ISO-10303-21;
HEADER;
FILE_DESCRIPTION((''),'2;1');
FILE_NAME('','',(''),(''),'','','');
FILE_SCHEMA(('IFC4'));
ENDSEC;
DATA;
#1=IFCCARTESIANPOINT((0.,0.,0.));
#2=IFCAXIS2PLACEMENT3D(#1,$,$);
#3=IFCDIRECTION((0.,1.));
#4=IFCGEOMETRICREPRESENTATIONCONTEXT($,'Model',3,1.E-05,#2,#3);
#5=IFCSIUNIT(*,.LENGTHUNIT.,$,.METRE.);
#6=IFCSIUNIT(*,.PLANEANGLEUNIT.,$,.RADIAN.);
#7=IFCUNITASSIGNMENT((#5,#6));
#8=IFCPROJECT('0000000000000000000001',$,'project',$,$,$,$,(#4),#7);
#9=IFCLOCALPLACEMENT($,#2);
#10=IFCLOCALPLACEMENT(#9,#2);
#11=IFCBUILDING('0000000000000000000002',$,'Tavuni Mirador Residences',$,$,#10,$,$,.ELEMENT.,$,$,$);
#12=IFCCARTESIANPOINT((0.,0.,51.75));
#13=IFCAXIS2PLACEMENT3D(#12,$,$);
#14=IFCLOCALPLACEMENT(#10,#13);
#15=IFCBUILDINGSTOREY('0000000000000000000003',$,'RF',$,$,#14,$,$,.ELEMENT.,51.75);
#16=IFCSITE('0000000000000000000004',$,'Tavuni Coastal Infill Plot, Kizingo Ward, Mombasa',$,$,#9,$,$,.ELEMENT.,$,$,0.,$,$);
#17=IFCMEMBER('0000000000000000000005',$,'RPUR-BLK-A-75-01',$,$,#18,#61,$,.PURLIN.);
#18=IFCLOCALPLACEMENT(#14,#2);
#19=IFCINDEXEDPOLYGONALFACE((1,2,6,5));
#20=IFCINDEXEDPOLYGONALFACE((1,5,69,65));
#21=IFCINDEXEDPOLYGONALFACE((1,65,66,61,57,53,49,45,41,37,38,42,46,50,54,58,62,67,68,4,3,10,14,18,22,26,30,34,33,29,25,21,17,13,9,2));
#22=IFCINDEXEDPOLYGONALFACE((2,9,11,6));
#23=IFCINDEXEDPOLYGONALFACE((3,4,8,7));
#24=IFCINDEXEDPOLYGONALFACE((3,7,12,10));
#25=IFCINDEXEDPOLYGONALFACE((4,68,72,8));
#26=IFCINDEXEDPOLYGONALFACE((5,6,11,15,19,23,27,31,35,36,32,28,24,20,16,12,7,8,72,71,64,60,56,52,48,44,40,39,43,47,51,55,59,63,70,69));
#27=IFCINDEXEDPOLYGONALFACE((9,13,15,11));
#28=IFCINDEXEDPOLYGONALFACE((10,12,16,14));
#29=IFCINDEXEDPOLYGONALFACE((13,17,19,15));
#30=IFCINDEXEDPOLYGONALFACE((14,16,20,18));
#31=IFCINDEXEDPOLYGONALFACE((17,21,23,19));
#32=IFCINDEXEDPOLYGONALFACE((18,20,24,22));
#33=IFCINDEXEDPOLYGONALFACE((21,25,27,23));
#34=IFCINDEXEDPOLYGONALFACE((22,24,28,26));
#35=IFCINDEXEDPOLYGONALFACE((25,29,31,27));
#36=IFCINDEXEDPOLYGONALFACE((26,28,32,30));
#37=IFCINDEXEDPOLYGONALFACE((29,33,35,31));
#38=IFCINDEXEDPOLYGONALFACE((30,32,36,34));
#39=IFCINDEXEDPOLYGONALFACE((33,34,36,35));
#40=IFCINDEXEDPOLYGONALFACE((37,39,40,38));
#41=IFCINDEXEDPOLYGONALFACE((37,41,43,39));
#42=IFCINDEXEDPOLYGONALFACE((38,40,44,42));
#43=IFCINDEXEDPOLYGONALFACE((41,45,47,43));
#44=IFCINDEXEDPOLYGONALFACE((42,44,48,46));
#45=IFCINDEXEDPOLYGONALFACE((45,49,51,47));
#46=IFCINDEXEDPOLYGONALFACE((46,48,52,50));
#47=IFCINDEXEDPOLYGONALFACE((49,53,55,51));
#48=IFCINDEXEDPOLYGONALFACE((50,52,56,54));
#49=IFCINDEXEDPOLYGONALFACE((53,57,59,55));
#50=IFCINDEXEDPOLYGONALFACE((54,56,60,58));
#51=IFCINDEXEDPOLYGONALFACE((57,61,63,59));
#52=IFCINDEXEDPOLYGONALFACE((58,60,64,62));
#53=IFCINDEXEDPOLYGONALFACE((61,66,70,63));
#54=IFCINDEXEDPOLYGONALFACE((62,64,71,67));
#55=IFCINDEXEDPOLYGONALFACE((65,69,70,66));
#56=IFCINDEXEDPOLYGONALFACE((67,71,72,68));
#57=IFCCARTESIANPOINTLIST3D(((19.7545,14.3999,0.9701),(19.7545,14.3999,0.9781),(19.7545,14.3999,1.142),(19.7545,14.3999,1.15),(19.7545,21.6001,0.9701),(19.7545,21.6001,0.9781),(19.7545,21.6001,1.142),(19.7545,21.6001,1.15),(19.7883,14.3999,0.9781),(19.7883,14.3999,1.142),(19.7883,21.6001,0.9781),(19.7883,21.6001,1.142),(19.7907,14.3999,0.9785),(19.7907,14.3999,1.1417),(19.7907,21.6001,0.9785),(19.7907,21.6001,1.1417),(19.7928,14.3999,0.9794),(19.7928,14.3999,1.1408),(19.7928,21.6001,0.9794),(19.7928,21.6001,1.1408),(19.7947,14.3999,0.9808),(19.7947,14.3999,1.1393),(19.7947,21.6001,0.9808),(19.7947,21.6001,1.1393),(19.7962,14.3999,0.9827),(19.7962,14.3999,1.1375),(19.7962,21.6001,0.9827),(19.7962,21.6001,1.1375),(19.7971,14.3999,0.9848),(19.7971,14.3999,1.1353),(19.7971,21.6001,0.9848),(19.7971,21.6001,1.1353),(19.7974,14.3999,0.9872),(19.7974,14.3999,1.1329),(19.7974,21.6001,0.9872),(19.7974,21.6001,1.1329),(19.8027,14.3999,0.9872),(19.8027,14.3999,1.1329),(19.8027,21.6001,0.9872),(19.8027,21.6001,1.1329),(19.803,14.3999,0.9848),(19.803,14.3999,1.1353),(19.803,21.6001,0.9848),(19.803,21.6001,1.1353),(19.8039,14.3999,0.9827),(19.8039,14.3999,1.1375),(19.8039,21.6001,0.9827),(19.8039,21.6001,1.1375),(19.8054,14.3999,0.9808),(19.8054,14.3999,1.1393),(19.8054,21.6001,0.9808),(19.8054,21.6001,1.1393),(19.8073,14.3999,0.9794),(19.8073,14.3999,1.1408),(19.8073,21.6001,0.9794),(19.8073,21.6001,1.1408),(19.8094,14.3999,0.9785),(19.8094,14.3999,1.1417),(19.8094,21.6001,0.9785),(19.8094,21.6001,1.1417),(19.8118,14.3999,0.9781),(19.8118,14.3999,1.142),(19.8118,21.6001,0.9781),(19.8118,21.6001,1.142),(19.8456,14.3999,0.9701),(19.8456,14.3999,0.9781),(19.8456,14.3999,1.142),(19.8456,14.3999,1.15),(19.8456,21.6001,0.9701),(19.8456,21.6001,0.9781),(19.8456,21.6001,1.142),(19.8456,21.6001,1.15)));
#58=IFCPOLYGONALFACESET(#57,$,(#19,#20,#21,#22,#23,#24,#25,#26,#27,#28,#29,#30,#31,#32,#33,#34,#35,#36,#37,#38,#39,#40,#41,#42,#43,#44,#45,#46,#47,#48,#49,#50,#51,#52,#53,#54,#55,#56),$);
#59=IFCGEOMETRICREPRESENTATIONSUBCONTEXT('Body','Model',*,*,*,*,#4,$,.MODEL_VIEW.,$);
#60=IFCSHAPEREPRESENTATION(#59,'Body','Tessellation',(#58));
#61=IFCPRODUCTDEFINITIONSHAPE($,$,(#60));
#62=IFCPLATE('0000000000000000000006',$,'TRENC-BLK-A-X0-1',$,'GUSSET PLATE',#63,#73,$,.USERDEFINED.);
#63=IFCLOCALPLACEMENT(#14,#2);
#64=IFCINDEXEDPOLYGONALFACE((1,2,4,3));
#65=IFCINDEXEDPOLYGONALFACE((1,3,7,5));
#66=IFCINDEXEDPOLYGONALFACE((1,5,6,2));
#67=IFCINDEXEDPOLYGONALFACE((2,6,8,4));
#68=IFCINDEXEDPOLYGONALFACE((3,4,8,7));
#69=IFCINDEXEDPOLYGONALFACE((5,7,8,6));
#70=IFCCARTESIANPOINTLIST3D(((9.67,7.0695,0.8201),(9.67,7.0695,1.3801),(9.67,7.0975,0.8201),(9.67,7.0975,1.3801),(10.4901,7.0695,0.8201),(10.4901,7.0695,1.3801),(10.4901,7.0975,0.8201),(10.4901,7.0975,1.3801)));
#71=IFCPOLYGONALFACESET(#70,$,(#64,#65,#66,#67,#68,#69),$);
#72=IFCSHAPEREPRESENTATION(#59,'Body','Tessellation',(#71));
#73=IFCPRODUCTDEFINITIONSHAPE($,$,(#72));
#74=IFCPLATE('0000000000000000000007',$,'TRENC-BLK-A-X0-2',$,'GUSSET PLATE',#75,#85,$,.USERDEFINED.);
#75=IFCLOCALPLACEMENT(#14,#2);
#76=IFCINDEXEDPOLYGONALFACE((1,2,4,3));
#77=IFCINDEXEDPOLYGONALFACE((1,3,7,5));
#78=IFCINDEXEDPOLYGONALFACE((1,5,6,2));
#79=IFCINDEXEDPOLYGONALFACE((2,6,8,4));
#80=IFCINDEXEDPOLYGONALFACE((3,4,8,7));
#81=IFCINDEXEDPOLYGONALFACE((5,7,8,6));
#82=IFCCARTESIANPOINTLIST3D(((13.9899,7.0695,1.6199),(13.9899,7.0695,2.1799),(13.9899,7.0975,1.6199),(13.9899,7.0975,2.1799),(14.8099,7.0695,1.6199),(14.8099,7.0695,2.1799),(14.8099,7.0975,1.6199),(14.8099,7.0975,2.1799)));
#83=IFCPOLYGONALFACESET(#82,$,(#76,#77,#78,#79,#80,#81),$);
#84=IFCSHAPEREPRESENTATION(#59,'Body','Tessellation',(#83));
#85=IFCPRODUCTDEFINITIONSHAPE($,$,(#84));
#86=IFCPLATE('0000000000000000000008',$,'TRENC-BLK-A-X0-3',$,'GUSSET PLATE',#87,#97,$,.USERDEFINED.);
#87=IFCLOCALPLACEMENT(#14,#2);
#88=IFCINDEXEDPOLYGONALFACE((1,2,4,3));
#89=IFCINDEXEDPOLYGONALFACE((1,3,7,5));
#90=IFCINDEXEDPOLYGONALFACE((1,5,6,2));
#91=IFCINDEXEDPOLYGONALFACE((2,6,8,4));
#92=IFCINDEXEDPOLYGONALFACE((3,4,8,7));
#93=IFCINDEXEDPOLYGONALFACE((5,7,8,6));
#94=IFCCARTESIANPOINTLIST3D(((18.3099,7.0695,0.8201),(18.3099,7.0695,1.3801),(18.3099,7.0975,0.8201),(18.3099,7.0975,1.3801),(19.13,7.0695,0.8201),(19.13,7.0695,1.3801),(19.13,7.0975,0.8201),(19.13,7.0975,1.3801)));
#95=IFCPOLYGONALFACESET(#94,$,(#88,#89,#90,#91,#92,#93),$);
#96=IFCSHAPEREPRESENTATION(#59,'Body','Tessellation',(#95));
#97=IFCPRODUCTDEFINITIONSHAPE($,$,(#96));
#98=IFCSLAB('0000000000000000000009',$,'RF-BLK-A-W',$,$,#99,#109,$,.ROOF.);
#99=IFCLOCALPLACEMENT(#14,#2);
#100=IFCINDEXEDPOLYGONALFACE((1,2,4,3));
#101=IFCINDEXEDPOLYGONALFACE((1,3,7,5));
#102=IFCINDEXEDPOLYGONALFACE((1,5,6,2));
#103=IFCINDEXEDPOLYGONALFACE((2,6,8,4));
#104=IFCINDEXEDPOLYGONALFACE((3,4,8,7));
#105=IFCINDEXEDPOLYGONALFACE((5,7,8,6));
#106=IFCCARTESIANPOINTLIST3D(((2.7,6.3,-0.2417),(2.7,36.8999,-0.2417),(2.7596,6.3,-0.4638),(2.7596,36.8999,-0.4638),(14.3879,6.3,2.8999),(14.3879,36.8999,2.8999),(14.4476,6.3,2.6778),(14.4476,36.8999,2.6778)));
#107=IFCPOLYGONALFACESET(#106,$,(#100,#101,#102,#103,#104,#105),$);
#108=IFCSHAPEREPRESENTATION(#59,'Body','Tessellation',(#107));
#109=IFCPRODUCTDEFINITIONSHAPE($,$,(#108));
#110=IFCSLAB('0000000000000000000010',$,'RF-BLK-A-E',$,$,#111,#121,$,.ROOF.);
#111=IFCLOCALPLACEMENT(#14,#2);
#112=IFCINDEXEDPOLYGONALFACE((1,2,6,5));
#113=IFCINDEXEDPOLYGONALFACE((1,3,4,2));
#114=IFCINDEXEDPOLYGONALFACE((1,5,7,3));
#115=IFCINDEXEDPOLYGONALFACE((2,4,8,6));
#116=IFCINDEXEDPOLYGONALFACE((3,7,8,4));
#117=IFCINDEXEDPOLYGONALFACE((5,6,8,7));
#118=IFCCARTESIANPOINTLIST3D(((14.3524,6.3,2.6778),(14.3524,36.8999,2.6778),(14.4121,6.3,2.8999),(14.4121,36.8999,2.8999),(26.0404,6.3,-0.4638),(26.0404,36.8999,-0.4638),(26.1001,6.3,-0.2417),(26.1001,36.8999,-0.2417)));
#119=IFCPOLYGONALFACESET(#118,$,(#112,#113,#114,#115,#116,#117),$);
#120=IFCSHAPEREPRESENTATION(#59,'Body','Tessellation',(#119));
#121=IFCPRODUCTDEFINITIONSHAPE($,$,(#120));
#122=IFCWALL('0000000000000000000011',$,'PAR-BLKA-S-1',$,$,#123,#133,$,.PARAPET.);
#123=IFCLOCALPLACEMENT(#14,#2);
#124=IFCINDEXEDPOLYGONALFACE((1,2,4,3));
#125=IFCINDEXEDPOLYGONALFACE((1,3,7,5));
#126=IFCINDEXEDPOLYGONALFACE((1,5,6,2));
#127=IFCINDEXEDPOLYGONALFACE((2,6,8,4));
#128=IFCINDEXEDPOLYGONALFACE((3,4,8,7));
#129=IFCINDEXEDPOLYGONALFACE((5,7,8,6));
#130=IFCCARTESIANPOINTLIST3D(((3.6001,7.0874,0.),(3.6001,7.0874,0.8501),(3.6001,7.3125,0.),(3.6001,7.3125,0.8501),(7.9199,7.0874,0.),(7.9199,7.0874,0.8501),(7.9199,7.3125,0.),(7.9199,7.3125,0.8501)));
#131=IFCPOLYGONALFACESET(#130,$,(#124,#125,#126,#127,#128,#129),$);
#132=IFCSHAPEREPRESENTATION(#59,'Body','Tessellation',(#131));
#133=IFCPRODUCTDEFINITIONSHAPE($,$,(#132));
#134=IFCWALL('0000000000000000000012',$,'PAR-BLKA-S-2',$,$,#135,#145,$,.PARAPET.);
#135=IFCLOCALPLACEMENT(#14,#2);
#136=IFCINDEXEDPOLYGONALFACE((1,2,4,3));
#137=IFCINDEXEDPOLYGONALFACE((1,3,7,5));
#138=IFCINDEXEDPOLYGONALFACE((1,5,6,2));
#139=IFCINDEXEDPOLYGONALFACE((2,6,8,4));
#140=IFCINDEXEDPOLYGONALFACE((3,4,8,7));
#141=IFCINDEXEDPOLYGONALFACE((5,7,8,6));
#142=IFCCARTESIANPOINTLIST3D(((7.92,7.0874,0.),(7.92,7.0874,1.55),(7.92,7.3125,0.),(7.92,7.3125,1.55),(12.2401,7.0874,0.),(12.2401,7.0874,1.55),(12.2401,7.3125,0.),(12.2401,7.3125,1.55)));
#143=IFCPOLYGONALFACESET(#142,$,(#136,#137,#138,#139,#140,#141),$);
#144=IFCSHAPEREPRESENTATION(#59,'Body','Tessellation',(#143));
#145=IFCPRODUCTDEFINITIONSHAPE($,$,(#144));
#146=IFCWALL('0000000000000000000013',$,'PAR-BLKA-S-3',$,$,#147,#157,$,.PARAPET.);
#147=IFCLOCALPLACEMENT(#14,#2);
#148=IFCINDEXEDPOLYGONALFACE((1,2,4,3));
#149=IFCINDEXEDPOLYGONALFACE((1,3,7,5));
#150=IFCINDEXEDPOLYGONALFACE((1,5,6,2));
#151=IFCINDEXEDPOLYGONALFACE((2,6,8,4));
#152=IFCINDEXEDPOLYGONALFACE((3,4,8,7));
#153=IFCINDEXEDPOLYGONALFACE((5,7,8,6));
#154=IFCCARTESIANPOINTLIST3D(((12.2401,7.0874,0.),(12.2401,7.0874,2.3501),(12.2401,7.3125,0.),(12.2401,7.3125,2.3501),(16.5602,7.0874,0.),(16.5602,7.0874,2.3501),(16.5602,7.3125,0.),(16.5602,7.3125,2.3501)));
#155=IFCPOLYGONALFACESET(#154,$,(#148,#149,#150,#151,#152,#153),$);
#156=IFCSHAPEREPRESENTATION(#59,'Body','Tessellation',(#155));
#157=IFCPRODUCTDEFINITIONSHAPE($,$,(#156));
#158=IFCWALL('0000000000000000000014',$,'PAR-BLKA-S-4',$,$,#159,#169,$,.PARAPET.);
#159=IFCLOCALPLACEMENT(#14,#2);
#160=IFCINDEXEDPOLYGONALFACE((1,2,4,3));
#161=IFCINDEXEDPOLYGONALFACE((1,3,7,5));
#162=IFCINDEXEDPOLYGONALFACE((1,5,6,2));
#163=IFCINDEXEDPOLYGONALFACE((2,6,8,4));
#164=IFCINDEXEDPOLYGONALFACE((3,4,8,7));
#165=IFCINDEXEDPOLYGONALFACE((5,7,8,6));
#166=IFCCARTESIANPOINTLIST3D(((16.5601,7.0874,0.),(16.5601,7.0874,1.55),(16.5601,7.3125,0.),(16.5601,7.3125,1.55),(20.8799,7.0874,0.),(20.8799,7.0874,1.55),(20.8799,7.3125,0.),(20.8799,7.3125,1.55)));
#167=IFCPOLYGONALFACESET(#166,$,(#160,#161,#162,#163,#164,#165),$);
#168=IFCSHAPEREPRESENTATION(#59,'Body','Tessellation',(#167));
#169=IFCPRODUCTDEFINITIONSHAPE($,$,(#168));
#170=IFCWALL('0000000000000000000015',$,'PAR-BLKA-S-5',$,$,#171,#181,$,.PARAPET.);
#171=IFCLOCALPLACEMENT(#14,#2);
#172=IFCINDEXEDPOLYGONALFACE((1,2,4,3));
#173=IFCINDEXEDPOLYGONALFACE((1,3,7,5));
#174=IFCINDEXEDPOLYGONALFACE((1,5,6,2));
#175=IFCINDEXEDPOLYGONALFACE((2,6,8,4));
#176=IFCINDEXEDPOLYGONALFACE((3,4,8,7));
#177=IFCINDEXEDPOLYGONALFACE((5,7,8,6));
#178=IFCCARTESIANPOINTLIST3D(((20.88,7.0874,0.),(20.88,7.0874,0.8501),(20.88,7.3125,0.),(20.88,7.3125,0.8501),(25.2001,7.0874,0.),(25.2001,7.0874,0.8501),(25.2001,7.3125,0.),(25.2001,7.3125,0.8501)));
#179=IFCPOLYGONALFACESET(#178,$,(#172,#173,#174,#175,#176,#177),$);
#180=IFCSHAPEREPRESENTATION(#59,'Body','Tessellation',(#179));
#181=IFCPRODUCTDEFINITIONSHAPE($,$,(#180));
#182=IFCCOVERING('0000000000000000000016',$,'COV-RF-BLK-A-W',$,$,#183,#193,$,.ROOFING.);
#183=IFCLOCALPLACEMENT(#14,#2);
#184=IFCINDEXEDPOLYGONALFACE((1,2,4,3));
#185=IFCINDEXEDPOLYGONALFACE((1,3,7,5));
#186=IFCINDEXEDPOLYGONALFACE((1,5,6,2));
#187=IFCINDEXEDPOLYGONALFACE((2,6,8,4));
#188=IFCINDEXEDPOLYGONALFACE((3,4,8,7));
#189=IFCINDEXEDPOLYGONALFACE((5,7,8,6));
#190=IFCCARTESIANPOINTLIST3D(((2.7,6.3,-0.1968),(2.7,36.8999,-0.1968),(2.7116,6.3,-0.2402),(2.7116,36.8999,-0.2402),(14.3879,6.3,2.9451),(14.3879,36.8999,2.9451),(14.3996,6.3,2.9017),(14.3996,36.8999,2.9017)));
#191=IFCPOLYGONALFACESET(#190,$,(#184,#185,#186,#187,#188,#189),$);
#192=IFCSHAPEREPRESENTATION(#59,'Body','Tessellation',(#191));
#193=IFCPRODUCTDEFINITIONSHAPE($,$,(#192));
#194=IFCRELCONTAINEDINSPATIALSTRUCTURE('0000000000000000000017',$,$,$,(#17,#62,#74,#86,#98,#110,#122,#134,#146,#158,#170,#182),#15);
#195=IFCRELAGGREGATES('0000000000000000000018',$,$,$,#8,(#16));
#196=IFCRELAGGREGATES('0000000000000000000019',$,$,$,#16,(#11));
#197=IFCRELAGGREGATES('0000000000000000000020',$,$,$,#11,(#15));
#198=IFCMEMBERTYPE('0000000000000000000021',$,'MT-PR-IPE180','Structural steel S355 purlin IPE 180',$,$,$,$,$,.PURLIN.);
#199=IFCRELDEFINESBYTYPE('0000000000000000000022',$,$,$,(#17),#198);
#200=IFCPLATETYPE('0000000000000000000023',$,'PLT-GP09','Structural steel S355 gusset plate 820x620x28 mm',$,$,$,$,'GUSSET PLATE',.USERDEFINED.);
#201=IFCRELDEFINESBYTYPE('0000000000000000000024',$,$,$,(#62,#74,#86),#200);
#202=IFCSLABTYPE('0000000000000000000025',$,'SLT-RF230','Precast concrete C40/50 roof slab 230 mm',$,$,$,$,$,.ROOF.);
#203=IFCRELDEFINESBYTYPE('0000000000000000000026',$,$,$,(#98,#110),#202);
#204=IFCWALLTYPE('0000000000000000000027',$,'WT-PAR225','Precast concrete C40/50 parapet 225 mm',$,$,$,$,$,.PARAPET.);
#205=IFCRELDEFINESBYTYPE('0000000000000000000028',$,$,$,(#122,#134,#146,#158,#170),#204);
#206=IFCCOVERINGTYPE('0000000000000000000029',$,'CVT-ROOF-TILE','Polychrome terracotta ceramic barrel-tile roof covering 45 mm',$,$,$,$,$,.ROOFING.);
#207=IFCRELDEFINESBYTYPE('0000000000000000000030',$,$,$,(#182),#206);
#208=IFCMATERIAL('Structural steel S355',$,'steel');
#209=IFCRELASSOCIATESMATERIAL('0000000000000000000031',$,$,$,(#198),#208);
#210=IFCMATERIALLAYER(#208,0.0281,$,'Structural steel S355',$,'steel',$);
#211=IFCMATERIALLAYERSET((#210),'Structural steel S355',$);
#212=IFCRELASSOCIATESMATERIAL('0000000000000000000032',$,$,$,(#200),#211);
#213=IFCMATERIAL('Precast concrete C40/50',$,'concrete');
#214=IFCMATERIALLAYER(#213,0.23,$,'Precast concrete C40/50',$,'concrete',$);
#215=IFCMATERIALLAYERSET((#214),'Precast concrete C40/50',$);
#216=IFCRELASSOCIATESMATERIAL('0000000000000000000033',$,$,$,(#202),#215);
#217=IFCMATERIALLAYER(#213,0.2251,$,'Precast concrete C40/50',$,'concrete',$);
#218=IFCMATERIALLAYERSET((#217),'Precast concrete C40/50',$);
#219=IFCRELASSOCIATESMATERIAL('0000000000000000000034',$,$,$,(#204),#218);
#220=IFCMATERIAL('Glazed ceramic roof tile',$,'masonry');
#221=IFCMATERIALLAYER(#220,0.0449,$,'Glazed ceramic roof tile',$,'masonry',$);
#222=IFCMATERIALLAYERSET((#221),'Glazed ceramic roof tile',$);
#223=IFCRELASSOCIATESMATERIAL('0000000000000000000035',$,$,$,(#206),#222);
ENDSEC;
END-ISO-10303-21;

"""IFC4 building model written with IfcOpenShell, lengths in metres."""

from ifc_helpers import new_model, si_unit, direction, frame, frame_2d, origin, origin_2d, place, context, subcontext, project, spatial, polyline, rectangle, i_section, outline, extrude, material, layer, layer_set, material_profile, profile_set, type_object, element, save


model = new_model("IFC4")

# Units and contexts
model_context = context("Model", 3, precision=1e-05, world=origin(), true_north=direction((0.0, 1.0)))
body_context = subcontext(model_context, "Body", "Model", "MODEL_VIEW")
ifc_project = project(units=[si_unit("LENGTHUNIT", "METRE"), si_unit("PLANEANGLEUNIT", "RADIAN")], contexts=[model_context])

# Site, building, storey
site_placement = place(None, origin())
site = spatial("IfcSite", under=ifc_project, at=site_placement, Name="Tavuni Coastal Infill Plot, Kizingo Ward, Mombasa", CompositionType="ELEMENT", RefElevation=0.0)
building_placement = place(site_placement, origin())
building = spatial("IfcBuilding", under=site, at=building_placement, Name="Tavuni Mirador Residences", CompositionType="ELEMENT")
storey_placement = place(building_placement, frame((0.0, 0.0, 51.75)))
storey = spatial("IfcBuildingStorey", under=building, at=storey_placement, Name="RF", CompositionType="ELEMENT", Elevation=51.75)

# Member
ifc_material_1 = material(Name="Structural steel S355", Category="steel")
ifc_material_profile_1 = material_profile(ifc_material_1, i_section(OverallWidth=0.0911, OverallDepth=0.1799, WebThickness=0.0054, FlangeThickness=0.0081, FilletRadius=0.009, at=origin_2d()), Name="IPE 180", Category="steel")
ifc_profile_set_1 = profile_set([ifc_material_profile_1], Name="Structural steel S355")
member_type_1 = type_object("IfcMemberType", Name="MT-PR-IPE180", Description="Structural steel S355 purlin IPE 180", PredefinedType="PURLIN", material=ifc_profile_set_1)
member_1_placement = place(storey_placement, frame((19.8, 14.3999, 1.0601), z_axis=(0.0, 1.0, 0.0), x_axis=(-1.0, 0.0, 0.0)))
element("IfcMember", 1, at=member_1_placement, inside=storey, type_object=member_type_1, Name="RPUR-BLK-A-75-01", PredefinedType="PURLIN", context=body_context, shape_type="SweptSolid", body=[
    extrude(i_section(OverallWidth=0.0911, OverallDepth=0.1799, WebThickness=0.0054, FlangeThickness=0.0081, FilletRadius=0.009, at=origin_2d()), origin(), (0.0, 0.0, 1.0), 7.2002),
])

# Plates
ifc_layer_1 = layer(ifc_material_1, 0.0281, Name="Structural steel S355", Category="steel")
ifc_layer_set_1 = layer_set([ifc_layer_1], Name="Structural steel S355")
plate_type = type_object("IfcPlateType", Name="PLT-GP09", Description="Structural steel S355 gusset plate 820x620x28 mm", ElementType="GUSSET PLATE", PredefinedType="USERDEFINED", material=ifc_layer_set_1)
for number, where, z_axis, x_axis, name in (
    (2, (10.0801, 7.0835, 0.8201), (0.0, 0.0, 1.0), (1.0, 0.0, 0.0), "TRENC-BLK-A-X0-1"),
    (3, (14.3999, 7.0835, 1.6199), (0.0, 0.0, 1.0), (1.0, 0.0, 0.0), "TRENC-BLK-A-X0-2"),
    (4, (18.72, 7.0835, 0.8201), (0.0, 0.0, 1.0), (1.0, 0.0, 0.0), "TRENC-BLK-A-X0-3"),
):
    element("IfcPlate", number, at=place(storey_placement, frame(where, z_axis=z_axis, x_axis=x_axis)), inside=storey, type_object=plate_type, Name=name, ObjectType="GUSSET PLATE", PredefinedType="USERDEFINED", context=body_context, shape_type="SweptSolid", body=[
        extrude(rectangle(XDim=0.8201, YDim=0.0281, at=origin_2d()), origin(), (0.0, 0.0, 1.0), 0.5601),
    ])

# Slabs
ifc_material_2 = material(Name="Precast concrete C40/50", Category="concrete")
ifc_layer_2 = layer(ifc_material_2, 0.23, Name="Precast concrete C40/50", Category="concrete")
ifc_layer_set_2 = layer_set([ifc_layer_2], Name="Precast concrete C40/50")
slab_type = type_object("IfcSlabType", Name="SLT-RF230", Description="Precast concrete C40/50 roof slab 230 mm", PredefinedType="ROOF", material=ifc_layer_set_2)
for number, where, z_axis, x_axis, name in (
    (5, (2.7, 6.3, -0.2417), (-0.259576, 0.0, 0.965723), (0.965723, 0.0, 0.259576), "RF-BLK-A-W"),
    (6, (14.4121, 6.3, 2.8999), (0.259576, 0.0, 0.965723), (0.965723, 0.0, -0.259576), "RF-BLK-A-E"),
):
    element("IfcSlab", number, at=place(storey_placement, frame(where, z_axis=z_axis, x_axis=x_axis)), inside=storey, type_object=slab_type, Name=name, PredefinedType="ROOF", context=body_context, shape_type="SweptSolid", body=[
        extrude(outline(polyline([(0.0, 0.0), (12.1028, 0.0), (12.1028, 30.5999), (0.0, 30.5999), (0.0, 0.0)])), origin(), (0.0, 0.0, -1.0), 0.23),
    ])

# Walls
ifc_layer_3 = layer(ifc_material_2, 0.2251, Name="Precast concrete C40/50", Category="concrete")
ifc_layer_set_3 = layer_set([ifc_layer_3], Name="Precast concrete C40/50")
wall_type = type_object("IfcWallType", Name="WT-PAR225", Description="Precast concrete C40/50 parapet 225 mm", PredefinedType="PARAPET", material=ifc_layer_set_3)
wall_1_placement = place(storey_placement, frame((3.6001, 7.2, 0.0), z_axis=(0.0, 0.0, 1.0), x_axis=(1.0, 0.0, 0.0)))
element("IfcWall", 7, at=wall_1_placement, inside=storey, type_object=wall_type, Name="PAR-BLKA-S-1", PredefinedType="PARAPET", context=body_context, shape_type="SweptSolid", body=[
    extrude(rectangle(XDim=4.3198, YDim=0.2251, at=frame_2d((2.1599, 0.0))), origin(), (0.0, 0.0, 1.0), 0.8501),
])
wall_2_placement = place(storey_placement, frame((7.9199, 7.2, 0.0), z_axis=(0.0, 0.0, 1.0), x_axis=(1.0, 0.0, 0.0)))
element("IfcWall", 8, at=wall_2_placement, inside=storey, type_object=wall_type, Name="PAR-BLKA-S-2", PredefinedType="PARAPET", context=body_context, shape_type="SweptSolid", body=[
    extrude(rectangle(XDim=4.3201, YDim=0.2251, at=frame_2d((2.1602, 0.0))), origin(), (0.0, 0.0, 1.0), 1.55),
])
wall_3_placement = place(storey_placement, frame((12.24, 7.2, 0.0), z_axis=(0.0, 0.0, 1.0), x_axis=(1.0, 0.0, 0.0)))
element("IfcWall", 9, at=wall_3_placement, inside=storey, type_object=wall_type, Name="PAR-BLKA-S-3", PredefinedType="PARAPET", context=body_context, shape_type="SweptSolid", body=[
    extrude(rectangle(XDim=4.3201, YDim=0.2251, at=frame_2d((2.1602, 0.0))), origin(), (0.0, 0.0, 1.0), 2.3501),
])
wall_4_placement = place(storey_placement, frame((16.5601, 7.2, 0.0), z_axis=(0.0, 0.0, 1.0), x_axis=(1.0, 0.0, 0.0)))
element("IfcWall", 10, at=wall_4_placement, inside=storey, type_object=wall_type, Name="PAR-BLKA-S-4", PredefinedType="PARAPET", context=body_context, shape_type="SweptSolid", body=[
    extrude(rectangle(XDim=4.3198, YDim=0.2251, at=frame_2d((2.1599, 0.0))), origin(), (0.0, 0.0, 1.0), 1.55),
])
wall_5_placement = place(storey_placement, frame((20.8799, 7.2, 0.0), z_axis=(0.0, 0.0, 1.0), x_axis=(1.0, 0.0, 0.0)))
element("IfcWall", 11, at=wall_5_placement, inside=storey, type_object=wall_type, Name="PAR-BLKA-S-5", PredefinedType="PARAPET", context=body_context, shape_type="SweptSolid", body=[
    extrude(rectangle(XDim=4.3201, YDim=0.2251, at=frame_2d((2.1602, 0.0))), origin(), (0.0, 0.0, 1.0), 0.8501),
])

# Covering
ifc_material_3 = material(Name="Glazed ceramic roof tile", Category="masonry")
ifc_layer_4 = layer(ifc_material_3, 0.0449, Name="Glazed ceramic roof tile", Category="masonry")
ifc_layer_set_4 = layer_set([ifc_layer_4], Name="Glazed ceramic roof tile")
covering_type = type_object("IfcCoveringType", Name="CVT-ROOF-TILE", Description="Polychrome terracotta ceramic barrel-tile roof covering 45 mm", PredefinedType="ROOFING", material=ifc_layer_set_4)
for number, where, z_axis, x_axis, name in (
    (12, (2.7, 6.3, -0.1968), (-0.259594, 0.0, 0.965718), (0.965718, 0.0, 0.259594), "COV-RF-BLK-A-W"),
):
    element("IfcCovering", number, at=place(storey_placement, frame(where, z_axis=z_axis, x_axis=x_axis)), inside=storey, type_object=covering_type, Name=name, PredefinedType="ROOFING", context=body_context, shape_type="SweptSolid", body=[
        extrude(outline(polyline([(0.0, 0.0), (12.1029, 0.0), (12.1029, 30.5999), (0.0, 30.5999), (0.0, 0.0)])), origin(), (0.0, 0.0, -1.0), 0.0449),
    ])

save(model, "model.ifc")
